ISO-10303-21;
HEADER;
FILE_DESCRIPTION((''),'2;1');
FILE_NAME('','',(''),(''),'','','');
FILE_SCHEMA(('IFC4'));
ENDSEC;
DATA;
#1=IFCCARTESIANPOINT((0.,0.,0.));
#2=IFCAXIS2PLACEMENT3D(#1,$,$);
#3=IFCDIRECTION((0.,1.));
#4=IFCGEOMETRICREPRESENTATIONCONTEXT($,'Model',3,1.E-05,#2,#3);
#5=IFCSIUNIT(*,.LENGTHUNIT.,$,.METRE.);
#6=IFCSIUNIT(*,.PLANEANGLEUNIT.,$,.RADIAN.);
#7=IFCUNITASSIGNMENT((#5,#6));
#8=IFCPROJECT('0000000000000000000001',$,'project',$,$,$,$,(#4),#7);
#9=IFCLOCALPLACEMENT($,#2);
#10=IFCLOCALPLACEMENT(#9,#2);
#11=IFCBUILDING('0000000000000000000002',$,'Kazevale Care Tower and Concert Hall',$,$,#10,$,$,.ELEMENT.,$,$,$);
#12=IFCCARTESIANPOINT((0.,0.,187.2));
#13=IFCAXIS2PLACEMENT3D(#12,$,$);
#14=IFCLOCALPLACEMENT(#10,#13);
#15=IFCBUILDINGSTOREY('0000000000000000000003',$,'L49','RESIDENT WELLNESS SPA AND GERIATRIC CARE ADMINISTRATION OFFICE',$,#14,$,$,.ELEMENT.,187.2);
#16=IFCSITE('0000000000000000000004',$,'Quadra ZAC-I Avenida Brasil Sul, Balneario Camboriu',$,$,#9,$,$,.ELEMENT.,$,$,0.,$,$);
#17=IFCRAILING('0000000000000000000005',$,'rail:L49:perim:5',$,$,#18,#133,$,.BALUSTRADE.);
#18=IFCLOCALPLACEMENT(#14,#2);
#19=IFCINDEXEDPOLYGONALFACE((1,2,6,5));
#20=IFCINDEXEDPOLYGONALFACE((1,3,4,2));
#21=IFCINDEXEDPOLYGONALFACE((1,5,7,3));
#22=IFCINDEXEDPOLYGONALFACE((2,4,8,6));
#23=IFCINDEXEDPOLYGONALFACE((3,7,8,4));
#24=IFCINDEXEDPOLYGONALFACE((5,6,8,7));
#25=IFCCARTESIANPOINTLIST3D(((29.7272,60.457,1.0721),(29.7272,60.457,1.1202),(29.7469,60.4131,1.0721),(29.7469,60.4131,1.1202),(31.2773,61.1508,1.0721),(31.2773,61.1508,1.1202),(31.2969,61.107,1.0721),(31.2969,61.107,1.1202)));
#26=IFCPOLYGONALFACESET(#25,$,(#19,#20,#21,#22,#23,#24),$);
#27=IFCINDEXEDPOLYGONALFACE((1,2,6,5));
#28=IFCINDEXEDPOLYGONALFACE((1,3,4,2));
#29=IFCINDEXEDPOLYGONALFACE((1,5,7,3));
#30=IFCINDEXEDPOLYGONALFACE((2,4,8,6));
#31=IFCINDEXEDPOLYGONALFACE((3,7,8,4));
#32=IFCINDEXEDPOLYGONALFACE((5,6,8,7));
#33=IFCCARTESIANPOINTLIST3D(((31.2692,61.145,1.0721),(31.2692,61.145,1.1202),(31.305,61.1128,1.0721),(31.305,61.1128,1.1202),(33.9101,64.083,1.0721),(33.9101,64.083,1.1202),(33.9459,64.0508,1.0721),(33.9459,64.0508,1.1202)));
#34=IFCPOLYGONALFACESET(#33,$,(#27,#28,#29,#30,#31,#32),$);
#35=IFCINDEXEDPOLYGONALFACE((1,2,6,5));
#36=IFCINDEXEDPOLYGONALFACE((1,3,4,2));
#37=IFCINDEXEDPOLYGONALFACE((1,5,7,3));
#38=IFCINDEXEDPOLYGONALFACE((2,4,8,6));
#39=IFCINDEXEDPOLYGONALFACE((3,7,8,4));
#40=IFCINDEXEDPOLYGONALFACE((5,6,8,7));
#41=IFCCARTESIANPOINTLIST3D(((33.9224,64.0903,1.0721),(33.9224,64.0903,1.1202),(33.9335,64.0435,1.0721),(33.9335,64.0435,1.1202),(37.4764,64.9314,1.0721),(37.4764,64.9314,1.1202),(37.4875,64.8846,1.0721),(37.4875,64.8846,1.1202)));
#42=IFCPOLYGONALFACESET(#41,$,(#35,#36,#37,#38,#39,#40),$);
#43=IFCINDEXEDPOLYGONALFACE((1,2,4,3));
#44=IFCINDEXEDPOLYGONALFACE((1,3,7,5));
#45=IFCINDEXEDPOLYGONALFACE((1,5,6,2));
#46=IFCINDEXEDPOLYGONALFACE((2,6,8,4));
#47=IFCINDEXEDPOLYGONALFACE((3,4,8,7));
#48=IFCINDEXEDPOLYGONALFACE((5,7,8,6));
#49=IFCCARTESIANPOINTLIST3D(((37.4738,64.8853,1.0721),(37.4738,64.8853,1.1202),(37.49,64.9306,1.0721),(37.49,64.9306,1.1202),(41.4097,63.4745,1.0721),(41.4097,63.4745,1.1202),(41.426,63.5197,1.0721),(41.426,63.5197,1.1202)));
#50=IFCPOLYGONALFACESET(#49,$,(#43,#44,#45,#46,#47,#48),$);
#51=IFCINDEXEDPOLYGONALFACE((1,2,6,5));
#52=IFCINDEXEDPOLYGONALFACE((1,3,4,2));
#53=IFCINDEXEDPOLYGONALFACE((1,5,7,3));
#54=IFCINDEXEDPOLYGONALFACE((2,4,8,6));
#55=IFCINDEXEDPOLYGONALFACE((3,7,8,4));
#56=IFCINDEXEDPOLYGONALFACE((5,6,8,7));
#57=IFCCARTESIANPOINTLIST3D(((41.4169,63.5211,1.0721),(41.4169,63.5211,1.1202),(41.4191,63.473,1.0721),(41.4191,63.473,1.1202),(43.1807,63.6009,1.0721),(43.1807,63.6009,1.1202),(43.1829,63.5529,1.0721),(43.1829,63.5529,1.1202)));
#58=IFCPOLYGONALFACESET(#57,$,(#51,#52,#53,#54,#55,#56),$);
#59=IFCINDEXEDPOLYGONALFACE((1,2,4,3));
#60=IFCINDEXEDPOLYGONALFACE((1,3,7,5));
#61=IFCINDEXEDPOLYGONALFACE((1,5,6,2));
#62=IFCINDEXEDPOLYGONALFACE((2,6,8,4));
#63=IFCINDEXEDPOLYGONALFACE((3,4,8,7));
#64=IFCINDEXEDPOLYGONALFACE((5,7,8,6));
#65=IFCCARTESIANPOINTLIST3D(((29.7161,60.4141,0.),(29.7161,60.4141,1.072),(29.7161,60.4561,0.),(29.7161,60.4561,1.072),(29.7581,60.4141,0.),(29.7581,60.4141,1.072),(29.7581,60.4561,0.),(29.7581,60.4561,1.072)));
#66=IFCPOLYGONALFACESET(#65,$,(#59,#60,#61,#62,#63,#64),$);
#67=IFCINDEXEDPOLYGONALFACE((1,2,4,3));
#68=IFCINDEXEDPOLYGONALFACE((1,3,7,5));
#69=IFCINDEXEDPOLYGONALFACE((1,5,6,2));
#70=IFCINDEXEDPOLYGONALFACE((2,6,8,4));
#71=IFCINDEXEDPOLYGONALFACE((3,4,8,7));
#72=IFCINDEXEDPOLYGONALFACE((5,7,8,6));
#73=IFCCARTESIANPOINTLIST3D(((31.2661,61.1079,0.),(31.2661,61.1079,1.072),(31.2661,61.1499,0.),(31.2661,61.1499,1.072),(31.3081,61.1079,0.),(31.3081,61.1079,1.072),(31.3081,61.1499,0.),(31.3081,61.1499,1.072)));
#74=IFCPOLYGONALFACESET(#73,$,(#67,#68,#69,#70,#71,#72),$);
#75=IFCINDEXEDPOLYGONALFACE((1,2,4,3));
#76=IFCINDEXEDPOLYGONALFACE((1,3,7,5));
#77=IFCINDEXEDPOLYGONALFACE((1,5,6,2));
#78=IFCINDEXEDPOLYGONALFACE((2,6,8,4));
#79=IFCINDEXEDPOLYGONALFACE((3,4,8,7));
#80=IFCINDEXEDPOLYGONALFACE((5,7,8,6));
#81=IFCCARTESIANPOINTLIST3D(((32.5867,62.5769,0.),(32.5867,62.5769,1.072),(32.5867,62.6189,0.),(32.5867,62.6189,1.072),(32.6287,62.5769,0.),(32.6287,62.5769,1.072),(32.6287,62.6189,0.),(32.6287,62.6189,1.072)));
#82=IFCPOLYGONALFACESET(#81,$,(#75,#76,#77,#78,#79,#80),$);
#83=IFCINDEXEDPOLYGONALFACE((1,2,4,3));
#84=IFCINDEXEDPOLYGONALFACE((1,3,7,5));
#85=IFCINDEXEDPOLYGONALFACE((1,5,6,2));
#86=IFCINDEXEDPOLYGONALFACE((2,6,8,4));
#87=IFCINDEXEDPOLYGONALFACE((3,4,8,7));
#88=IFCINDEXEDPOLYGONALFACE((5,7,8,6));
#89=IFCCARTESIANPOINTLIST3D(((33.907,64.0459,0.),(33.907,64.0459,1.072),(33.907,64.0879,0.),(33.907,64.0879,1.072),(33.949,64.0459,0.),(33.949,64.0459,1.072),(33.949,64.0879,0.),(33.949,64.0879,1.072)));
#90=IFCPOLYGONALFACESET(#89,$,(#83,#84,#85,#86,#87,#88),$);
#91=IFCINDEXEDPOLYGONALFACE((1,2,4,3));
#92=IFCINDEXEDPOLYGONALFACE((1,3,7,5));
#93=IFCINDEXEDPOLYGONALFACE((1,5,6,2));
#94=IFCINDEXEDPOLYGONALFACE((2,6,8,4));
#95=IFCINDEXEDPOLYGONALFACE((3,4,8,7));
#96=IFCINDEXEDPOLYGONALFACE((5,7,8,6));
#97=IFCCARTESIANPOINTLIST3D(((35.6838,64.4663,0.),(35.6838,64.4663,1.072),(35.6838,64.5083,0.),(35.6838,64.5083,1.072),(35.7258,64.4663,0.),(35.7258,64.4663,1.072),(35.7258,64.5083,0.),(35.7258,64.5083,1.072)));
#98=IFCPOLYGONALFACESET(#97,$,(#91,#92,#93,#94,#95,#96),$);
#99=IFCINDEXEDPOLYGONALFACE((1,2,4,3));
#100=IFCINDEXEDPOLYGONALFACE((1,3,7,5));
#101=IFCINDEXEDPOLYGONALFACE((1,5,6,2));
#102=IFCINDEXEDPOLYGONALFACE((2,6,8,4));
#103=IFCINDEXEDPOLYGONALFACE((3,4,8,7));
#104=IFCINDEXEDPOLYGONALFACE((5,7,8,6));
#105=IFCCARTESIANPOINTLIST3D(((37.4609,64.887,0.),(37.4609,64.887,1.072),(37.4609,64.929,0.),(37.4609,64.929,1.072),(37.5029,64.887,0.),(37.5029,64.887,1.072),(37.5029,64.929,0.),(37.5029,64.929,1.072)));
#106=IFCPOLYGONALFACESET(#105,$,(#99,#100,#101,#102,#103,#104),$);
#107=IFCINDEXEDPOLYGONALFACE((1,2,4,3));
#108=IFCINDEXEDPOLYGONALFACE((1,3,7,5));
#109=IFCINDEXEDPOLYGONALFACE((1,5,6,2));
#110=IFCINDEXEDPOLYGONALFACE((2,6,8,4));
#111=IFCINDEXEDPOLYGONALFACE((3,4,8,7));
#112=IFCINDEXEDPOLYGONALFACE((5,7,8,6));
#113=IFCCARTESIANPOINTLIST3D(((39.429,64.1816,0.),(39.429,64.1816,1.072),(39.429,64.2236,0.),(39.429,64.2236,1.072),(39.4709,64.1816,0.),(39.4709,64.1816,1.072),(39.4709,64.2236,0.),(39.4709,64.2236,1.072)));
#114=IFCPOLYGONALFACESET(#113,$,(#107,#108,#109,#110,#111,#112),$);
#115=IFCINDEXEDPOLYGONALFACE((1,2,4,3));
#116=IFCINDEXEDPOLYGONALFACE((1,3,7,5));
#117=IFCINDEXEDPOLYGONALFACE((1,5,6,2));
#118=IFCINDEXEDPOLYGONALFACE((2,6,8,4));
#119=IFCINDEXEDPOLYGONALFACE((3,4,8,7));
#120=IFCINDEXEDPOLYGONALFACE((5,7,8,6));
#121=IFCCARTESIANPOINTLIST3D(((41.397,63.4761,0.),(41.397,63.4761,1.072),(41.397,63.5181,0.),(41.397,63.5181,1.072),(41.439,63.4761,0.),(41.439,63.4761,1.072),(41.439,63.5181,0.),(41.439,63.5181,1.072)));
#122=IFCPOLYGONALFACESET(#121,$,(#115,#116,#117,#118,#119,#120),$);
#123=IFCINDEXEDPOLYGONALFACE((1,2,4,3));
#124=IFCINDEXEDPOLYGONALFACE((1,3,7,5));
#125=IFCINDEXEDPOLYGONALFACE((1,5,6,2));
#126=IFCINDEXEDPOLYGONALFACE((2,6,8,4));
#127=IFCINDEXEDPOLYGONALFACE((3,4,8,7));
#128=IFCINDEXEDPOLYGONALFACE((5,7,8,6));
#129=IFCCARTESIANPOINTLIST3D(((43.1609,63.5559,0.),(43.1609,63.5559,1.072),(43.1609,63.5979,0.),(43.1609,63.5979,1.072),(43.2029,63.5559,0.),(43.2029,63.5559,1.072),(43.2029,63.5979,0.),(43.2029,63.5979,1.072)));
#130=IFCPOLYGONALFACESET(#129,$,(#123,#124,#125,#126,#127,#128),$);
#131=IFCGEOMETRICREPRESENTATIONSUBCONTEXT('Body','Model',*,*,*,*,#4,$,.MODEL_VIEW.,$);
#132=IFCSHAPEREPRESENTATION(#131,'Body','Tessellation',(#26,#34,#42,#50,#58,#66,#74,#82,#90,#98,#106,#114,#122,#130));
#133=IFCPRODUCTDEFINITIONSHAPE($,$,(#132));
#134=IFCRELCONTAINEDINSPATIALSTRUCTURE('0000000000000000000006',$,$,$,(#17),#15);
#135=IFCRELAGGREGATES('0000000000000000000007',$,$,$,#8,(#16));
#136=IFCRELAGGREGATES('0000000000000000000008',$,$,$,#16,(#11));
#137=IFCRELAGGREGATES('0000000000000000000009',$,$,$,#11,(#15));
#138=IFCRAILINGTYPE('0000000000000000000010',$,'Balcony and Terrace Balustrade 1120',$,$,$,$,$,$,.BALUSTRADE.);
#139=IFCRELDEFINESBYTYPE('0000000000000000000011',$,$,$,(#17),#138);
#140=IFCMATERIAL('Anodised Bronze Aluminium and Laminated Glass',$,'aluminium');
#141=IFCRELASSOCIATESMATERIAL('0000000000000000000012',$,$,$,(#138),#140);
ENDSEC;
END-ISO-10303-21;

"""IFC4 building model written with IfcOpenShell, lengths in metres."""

from ifc_helpers import new_model, si_unit, direction, frame, origin, origin_2d, place, context, subcontext, project, spatial, rectangle, extrude, material, type_object, element, save


model = new_model("IFC4")

# Units and contexts
model_context = context("Model", 3, precision=1e-05, world=origin(), true_north=direction((0.0, 1.0)))
body_context = subcontext(model_context, "Body", "Model", "MODEL_VIEW")
ifc_project = project(units=[si_unit("LENGTHUNIT", "METRE"), si_unit("PLANEANGLEUNIT", "RADIAN")], contexts=[model_context])

# Site, building, storey
site_placement = place(None, origin())
site = spatial("IfcSite", under=ifc_project, at=site_placement, Name="Quadra ZAC-I Avenida Brasil Sul, Balneario Camboriu", CompositionType="ELEMENT", RefElevation=0.0)
building_placement = place(site_placement, origin())
building = spatial("IfcBuilding", under=site, at=building_placement, Name="Kazevale Care Tower and Concert Hall", CompositionType="ELEMENT")
storey_placement = place(building_placement, frame((0.0, 0.0, 187.2)))
storey = spatial("IfcBuildingStorey", under=building, at=storey_placement, Name="L49", Description="RESIDENT WELLNESS SPA AND GERIATRIC CARE ADMINISTRATION OFFICE", CompositionType="ELEMENT", Elevation=187.2)

# Railing
ifc_material_1 = material(Name="Anodised Bronze Aluminium and Laminated Glass", Category="aluminium")
railing_type = type_object("IfcRailingType", Name="Balcony and Terrace Balustrade 1120", PredefinedType="BALUSTRADE", material=ifc_material_1)
railing_1_placement = place(storey_placement, frame((29.7371, 60.4351, 0.0)))
element("IfcRailing", 1, at=railing_1_placement, inside=storey, type_object=railing_type, Name="rail:L49:perim:5", PredefinedType="BALUSTRADE", context=body_context, shape_type="SweptSolid", body=[
    extrude(rectangle(XDim=0.0481, YDim=0.0481, at=origin_2d()), frame((0.0, 0.0, 1.0962), z_axis=(0.912729, 0.408565, 0.0), x_axis=(-0.408565, 0.912729, 0.0)), (0.0, 0.0, 1.0), 1.6982),
    extrude(rectangle(XDim=0.0481, YDim=0.0481, at=origin_2d()), frame((1.55, 0.6938, 1.0962), z_axis=(0.6685, 0.743712, 0.0), x_axis=(-0.743712, 0.6685, 0.0)), (0.0, 0.0, 1.0), 3.9504),
    extrude(rectangle(XDim=0.0481, YDim=0.0481, at=origin_2d()), frame((4.1909, 3.6318, 1.0962), z_axis=(0.973121, 0.230295, 0.0), x_axis=(-0.230295, 0.973121, 0.0)), (0.0, 0.0, 1.0), 3.6521),
    extrude(rectangle(XDim=0.0481, YDim=0.0481, at=origin_2d()), frame((7.7449, 4.4729, 1.0962), z_axis=(0.94135, -0.337431, 0.0), x_axis=(0.337431, 0.94135, 0.0)), (0.0, 0.0, 1.0), 4.1812),
    extrude(rectangle(XDim=0.0481, YDim=0.0481, at=origin_2d()), frame((11.6809, 3.062, 1.0962), z_axis=(0.998977, 0.045213, 0.0), x_axis=(-0.045213, 0.998977, 0.0)), (0.0, 0.0, 1.0), 1.7656),
    extrude(rectangle(XDim=0.042, YDim=0.042, at=origin_2d()), origin(), (0.0, 0.0, 1.0), 1.072),
    extrude(rectangle(XDim=0.042, YDim=0.042, at=origin_2d()), frame((1.55, 0.6938, 0.0)), (0.0, 0.0, 1.0), 1.072),
    extrude(rectangle(XDim=0.042, YDim=0.042, at=origin_2d()), frame((2.8706, 2.1628, 0.0)), (0.0, 0.0, 1.0), 1.072),
    extrude(rectangle(XDim=0.042, YDim=0.042, at=origin_2d()), frame((4.1909, 3.6318, 0.0)), (0.0, 0.0, 1.0), 1.072),
    extrude(rectangle(XDim=0.042, YDim=0.042, at=origin_2d()), frame((5.9678, 4.0522, 0.0)), (0.0, 0.0, 1.0), 1.072),
    extrude(rectangle(XDim=0.042, YDim=0.042, at=origin_2d()), frame((7.7449, 4.4729, 0.0)), (0.0, 0.0, 1.0), 1.072),
    extrude(rectangle(XDim=0.042, YDim=0.042, at=origin_2d()), frame((9.7129, 3.7676, 0.0)), (0.0, 0.0, 1.0), 1.072),
    extrude(rectangle(XDim=0.042, YDim=0.042, at=origin_2d()), frame((11.6809, 3.062, 0.0)), (0.0, 0.0, 1.0), 1.072),
    extrude(rectangle(XDim=0.042, YDim=0.042, at=origin_2d()), frame((13.4448, 3.1418, 0.0)), (0.0, 0.0, 1.0), 1.072),
])

save(model, "model.ifc")
